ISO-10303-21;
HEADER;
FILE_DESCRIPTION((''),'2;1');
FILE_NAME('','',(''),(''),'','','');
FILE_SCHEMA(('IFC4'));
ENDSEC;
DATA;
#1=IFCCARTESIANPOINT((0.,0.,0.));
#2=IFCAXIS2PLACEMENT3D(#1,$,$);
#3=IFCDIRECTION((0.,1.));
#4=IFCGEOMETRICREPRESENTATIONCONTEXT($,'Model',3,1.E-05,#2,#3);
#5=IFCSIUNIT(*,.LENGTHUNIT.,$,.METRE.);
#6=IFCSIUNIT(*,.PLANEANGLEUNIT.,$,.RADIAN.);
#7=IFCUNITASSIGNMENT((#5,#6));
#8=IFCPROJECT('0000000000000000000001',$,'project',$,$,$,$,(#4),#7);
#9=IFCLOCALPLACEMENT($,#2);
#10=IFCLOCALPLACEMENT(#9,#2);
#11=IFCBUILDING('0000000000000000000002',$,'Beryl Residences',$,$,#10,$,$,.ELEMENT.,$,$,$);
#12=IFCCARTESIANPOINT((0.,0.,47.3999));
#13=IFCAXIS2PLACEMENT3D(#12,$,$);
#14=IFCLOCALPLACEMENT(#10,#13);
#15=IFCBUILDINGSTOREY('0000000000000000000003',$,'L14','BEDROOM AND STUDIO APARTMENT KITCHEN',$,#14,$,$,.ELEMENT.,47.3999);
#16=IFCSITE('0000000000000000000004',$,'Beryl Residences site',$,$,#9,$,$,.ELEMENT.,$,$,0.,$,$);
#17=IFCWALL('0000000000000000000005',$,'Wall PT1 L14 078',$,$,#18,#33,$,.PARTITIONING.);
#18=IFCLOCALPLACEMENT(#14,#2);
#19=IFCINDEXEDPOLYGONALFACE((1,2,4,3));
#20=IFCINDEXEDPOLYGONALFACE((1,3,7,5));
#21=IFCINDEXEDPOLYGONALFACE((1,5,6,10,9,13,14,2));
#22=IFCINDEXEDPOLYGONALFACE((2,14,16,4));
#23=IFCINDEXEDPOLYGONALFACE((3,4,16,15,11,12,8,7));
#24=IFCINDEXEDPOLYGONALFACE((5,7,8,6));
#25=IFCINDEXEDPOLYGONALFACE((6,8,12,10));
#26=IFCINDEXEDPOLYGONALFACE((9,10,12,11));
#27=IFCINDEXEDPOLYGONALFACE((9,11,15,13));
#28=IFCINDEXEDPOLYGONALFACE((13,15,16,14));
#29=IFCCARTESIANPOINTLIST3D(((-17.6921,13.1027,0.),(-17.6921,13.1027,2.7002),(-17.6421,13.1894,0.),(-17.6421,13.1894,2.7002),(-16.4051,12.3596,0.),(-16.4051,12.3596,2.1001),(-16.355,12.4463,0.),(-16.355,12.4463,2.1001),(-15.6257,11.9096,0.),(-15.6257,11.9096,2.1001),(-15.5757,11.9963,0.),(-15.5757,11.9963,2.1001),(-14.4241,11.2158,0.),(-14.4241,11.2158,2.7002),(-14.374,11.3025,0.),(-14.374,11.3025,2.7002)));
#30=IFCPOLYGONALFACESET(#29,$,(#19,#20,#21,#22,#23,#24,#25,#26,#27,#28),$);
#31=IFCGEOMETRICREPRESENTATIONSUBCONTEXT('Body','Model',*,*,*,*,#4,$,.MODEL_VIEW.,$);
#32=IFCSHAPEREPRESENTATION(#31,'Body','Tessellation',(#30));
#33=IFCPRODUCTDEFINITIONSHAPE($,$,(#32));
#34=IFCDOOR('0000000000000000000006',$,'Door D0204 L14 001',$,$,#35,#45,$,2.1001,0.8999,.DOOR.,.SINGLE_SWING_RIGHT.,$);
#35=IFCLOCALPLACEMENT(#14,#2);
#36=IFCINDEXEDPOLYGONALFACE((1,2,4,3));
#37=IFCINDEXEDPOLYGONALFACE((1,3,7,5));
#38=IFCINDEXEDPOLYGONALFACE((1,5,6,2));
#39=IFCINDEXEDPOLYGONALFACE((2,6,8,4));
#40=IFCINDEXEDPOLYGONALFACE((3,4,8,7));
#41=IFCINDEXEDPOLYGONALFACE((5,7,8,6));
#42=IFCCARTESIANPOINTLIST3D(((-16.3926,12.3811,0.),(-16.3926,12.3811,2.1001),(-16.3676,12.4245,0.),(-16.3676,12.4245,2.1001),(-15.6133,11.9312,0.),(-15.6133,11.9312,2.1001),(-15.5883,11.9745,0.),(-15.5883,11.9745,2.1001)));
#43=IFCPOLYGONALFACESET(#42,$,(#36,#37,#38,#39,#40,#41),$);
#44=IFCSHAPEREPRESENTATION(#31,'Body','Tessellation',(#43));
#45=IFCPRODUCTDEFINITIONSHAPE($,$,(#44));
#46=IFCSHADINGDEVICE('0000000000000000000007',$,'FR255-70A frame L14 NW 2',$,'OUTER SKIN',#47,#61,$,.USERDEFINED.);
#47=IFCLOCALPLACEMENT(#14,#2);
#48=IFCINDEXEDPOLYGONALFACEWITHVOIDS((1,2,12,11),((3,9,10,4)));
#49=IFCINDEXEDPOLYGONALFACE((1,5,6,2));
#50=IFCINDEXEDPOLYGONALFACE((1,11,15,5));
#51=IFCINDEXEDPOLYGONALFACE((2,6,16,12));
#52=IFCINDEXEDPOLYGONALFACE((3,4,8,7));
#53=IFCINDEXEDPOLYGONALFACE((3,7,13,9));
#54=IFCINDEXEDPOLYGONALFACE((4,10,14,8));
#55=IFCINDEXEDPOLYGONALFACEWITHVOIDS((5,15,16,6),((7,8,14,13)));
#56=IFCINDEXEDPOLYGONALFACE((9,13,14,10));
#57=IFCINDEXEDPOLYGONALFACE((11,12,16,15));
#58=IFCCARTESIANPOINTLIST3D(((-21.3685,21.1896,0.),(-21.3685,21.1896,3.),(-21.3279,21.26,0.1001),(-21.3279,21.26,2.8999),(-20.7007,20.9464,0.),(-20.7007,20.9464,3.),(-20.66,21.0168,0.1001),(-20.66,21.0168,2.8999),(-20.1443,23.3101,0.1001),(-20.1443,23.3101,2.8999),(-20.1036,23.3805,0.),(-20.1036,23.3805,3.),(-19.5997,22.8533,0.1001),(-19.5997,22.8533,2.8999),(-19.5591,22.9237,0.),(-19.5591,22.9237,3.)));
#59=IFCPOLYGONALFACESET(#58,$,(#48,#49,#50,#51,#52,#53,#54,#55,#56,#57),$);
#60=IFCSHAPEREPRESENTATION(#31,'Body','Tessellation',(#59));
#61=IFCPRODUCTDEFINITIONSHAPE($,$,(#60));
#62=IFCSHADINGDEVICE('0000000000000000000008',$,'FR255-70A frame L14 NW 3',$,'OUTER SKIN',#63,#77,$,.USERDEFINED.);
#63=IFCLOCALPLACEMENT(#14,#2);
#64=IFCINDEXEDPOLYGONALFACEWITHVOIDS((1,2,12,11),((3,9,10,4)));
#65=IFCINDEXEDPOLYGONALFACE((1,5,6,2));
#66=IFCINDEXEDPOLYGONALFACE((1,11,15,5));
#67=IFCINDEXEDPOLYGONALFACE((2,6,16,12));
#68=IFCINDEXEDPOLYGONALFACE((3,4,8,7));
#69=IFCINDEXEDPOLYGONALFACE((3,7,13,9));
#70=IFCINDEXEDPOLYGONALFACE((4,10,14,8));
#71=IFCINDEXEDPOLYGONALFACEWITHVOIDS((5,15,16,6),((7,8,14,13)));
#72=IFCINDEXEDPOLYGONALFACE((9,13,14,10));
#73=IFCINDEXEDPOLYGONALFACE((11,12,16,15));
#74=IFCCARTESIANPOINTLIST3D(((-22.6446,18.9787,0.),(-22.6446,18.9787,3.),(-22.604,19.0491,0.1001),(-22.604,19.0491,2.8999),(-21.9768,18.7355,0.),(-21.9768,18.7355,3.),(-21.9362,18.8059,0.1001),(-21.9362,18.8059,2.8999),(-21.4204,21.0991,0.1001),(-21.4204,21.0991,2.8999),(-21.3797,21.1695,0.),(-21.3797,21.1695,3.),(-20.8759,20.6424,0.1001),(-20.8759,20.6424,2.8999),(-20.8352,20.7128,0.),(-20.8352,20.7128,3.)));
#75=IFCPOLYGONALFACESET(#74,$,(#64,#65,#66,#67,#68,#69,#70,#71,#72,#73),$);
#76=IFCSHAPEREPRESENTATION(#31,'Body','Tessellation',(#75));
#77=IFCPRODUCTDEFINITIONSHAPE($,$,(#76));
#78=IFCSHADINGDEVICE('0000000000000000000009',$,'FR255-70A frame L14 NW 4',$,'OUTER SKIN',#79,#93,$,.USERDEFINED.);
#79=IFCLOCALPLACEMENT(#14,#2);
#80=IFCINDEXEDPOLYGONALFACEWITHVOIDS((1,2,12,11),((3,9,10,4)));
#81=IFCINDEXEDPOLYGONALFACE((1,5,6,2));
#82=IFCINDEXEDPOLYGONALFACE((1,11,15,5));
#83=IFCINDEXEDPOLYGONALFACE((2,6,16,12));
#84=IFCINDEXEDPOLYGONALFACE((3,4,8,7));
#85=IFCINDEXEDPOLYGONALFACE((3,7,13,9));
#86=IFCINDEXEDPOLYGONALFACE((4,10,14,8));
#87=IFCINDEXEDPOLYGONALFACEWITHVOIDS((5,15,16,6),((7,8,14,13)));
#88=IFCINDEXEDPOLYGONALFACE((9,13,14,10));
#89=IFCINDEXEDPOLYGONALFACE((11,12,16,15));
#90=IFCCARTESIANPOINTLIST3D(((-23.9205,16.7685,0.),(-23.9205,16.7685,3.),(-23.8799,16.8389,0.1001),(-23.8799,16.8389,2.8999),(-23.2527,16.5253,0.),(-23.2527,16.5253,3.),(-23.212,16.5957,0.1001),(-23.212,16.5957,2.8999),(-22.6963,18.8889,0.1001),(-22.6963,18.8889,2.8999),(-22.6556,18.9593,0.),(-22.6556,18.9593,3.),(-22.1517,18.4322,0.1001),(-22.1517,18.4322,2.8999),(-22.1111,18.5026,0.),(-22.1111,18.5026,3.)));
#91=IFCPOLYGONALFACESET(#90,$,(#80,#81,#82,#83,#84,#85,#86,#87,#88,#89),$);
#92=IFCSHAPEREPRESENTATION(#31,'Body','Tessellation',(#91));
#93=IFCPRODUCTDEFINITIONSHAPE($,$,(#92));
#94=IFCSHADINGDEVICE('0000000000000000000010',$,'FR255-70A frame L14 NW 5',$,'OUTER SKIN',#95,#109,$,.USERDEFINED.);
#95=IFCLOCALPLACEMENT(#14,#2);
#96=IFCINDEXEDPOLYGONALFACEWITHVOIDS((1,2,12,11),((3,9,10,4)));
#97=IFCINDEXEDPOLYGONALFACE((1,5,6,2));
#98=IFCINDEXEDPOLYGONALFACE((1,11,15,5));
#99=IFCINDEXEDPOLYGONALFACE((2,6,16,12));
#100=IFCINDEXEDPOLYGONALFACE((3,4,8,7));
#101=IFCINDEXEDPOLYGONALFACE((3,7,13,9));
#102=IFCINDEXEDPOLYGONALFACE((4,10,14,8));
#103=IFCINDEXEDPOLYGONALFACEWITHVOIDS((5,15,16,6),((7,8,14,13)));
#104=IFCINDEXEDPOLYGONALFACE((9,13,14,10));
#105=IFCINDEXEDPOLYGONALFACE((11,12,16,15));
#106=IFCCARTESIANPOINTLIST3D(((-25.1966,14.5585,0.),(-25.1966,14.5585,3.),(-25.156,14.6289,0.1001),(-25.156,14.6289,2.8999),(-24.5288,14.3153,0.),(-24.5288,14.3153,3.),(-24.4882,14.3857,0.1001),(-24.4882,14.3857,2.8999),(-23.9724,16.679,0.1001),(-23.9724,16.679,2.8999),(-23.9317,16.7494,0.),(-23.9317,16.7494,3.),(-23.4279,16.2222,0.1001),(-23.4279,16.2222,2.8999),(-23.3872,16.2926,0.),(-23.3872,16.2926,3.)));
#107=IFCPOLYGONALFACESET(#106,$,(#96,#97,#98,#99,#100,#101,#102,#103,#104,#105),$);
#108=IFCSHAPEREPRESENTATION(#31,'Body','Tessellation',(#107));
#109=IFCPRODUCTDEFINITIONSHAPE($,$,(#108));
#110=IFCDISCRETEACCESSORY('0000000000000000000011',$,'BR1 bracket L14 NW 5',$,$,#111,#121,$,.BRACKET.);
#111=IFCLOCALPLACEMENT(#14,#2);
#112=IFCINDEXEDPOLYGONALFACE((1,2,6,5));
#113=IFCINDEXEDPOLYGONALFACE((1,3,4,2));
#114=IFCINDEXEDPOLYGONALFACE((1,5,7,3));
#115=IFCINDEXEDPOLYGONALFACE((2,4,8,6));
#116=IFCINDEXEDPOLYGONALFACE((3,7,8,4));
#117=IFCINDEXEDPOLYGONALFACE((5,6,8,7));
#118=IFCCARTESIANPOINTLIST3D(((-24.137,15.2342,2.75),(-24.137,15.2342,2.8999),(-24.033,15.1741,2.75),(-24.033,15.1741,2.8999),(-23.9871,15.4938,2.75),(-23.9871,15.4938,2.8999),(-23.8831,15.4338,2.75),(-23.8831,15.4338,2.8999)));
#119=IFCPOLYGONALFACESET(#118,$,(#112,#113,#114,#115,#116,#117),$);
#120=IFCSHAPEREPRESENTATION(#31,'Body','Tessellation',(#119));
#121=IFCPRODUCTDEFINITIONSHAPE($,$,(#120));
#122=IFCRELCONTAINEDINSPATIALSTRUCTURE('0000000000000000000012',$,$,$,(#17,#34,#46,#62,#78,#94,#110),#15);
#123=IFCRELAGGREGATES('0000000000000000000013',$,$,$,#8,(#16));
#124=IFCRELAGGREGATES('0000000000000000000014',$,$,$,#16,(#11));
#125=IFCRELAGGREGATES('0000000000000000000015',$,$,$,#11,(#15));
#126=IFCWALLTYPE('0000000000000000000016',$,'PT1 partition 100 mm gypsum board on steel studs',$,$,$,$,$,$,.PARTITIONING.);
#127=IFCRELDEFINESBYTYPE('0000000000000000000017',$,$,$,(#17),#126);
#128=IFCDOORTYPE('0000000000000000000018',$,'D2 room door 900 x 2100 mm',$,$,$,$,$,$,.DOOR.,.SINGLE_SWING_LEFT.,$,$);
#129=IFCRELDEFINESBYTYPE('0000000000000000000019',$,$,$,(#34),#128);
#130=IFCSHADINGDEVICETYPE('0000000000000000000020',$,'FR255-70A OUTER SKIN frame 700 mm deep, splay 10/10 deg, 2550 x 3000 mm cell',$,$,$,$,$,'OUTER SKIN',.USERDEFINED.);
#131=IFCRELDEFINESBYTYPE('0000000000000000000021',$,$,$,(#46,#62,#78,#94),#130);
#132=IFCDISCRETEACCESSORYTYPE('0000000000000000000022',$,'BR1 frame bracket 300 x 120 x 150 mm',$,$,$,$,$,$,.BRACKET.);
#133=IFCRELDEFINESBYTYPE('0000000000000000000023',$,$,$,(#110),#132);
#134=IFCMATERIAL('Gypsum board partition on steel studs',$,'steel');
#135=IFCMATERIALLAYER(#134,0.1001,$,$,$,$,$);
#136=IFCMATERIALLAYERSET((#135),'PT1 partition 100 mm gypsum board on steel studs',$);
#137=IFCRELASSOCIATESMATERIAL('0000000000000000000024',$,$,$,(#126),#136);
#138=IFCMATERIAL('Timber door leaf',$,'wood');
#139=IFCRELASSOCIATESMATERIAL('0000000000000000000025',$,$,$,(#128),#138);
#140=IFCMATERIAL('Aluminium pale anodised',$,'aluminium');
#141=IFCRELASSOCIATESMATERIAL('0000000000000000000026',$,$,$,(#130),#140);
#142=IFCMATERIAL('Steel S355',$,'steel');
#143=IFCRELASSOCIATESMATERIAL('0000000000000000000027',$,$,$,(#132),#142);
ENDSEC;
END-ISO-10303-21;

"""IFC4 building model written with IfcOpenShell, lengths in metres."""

from ifc_helpers import new_model, entity, si_unit, direction, frame, frame_2d, origin, place, context, subcontext, project, spatial, polyline, rectangle, outline, extrude, source, transform, mapped, material, layer, layer_set, type_object, type_shapes, element, fill, save


model = new_model("IFC4")

# Units and contexts
model_context = context("Model", 3, precision=1e-05, world=origin(), true_north=direction((0.0, 1.0)))
body_context = subcontext(model_context, "Body", "Model", "MODEL_VIEW")
ifc_project = project(units=[si_unit("LENGTHUNIT", "METRE"), si_unit("PLANEANGLEUNIT", "RADIAN")], contexts=[model_context])

# Site, building, storey
site_placement = place(None, origin())
site = spatial("IfcSite", under=ifc_project, at=site_placement, Name="Beryl Residences site", CompositionType="ELEMENT", RefElevation=0.0)
building_placement = place(site_placement, origin())
building = spatial("IfcBuilding", under=site, at=building_placement, Name="Beryl Residences", CompositionType="ELEMENT")
storey_placement = place(building_placement, frame((0.0, 0.0, 47.3999)))
storey = spatial("IfcBuildingStorey", under=building, at=storey_placement, Name="L14", Description="BEDROOM AND STUDIO APARTMENT KITCHEN", CompositionType="ELEMENT", Elevation=47.3999)

# Wall, opening, door
ifc_material_1 = material(Name="Gypsum board partition on steel studs", Category="steel")
ifc_layer = layer(ifc_material_1, 0.1001)
ifc_layer_set = layer_set([ifc_layer], Name="PT1 partition 100 mm gypsum board on steel studs")
wall_type = type_object("IfcWallType", Name="PT1 partition 100 mm gypsum board on steel studs", PredefinedType="PARTITIONING", material=ifc_layer_set)
ifc_material_2 = material(Name="Timber door leaf", Category="wood")
door_type_1 = type_object("IfcDoorType", Name="D2 room door 900 x 2100 mm", OperationType="SINGLE_SWING_LEFT", PredefinedType="DOOR", material=ifc_material_2)
wall_1_placement = place(storey_placement, frame((-17.667, 13.146, 0.0), z_axis=(0.0, 0.0, 1.0), x_axis=(0.866009, -0.500029, 0.0)))
wall_1 = element("IfcWall", 1, at=wall_1_placement, inside=storey, type_object=wall_type, Name="Wall PT1 L14 078", PredefinedType="PARTITIONING", context=body_context, shape_type="SweptSolid", body=[
    extrude(rectangle(XDim=3.7737, YDim=0.1001, at=frame_2d((1.8867, 0.0))), origin(), (0.0, 0.0, 1.0), 2.7002),
])
opening_1_placement = place(wall_1_placement, frame((1.4861, 0.0, 0.0)))
opening_1 = element("IfcOpeningElement", 2, at=opening_1_placement, cuts=wall_1, PredefinedType="OPENING", context=body_context, shape_type="SweptSolid", body=[
    extrude(rectangle(XDim=0.8999, YDim=2.1001, at=frame_2d((0.45, 1.05))), frame((0.0, 0.0601, 0.0), z_axis=(0.0, -1.0, 0.0), x_axis=(1.0, 0.0, 0.0)), (0.0, 0.0, 1.0), 0.1201),
])
door_1_placement = place(opening_1_placement, origin())
door_1 = element("IfcDoor", 3, at=door_1_placement, inside=storey, type_object=door_type_1, Name="Door D0204 L14 001", OperationType="SINGLE_SWING_RIGHT", OverallHeight=2.1001, OverallWidth=0.8999, PredefinedType="DOOR", context=body_context, shape_type="SweptSolid", body=[
    extrude(rectangle(XDim=0.8999, YDim=2.1001, at=frame_2d((0.45, 1.05))), frame((0.0, 0.0249, 0.0), z_axis=(0.0, -1.0, 0.0), x_axis=(1.0, 0.0, 0.0)), (0.0, 0.0, 1.0), 0.05),
])
fill(opening_1, door_1)

# Shading devices
ifc_material_3 = material(Name="Aluminium pale anodised", Category="aluminium")
shading_device_type = type_object("IfcShadingDeviceType", Name="FR255-70A OUTER SKIN frame 700 mm deep, splay 10/10 deg, 2550 x 3000 mm cell", ElementType="OUTER SKIN", PredefinedType="USERDEFINED", material=ifc_material_3)
cartesian_point_1 = entity("IfcCartesianPoint", [-1.1416, 0.0])
cartesian_point_2 = entity("IfcCartesianPoint", [-1.0603, 0.1001])
cartesian_point_3 = entity("IfcCartesianPoint", [-1.2649, 0.0])
cartesian_point_4 = entity("IfcCartesianPoint", [-1.1836, 0.1001])
shared_shape_1 = source(origin(), body_context, "Body", "SweptSolid", [
    entity("IfcExtrudedAreaSolidTapered", entity("IfcArbitraryProfileDefWithVoids", "AREA", None, entity("IfcPolyline", [cartesian_point_1, entity("IfcCartesianPoint", [1.1416, 0.0]), entity("IfcCartesianPoint", [1.1416, 3.0]), entity("IfcCartesianPoint", [-1.1416, 3.0]), cartesian_point_1]), [entity("IfcPolyline", [cartesian_point_2, entity("IfcCartesianPoint", [1.0603, 0.1001]), entity("IfcCartesianPoint", [1.0603, 2.8999]), entity("IfcCartesianPoint", [-1.0603, 2.8999]), cartesian_point_2])]), entity("IfcAxis2Placement3D", entity("IfcCartesianPoint", [0.0, 0.0, 0.0]), entity("IfcDirection", [0.0, 1.0, 0.0]), entity("IfcDirection", [-1.0, 0.0, 0.0])), entity("IfcDirection", [0.0, 0.0, 1.0]), 0.7, entity("IfcArbitraryProfileDefWithVoids", "AREA", None, entity("IfcPolyline", [cartesian_point_3, entity("IfcCartesianPoint", [1.2649, 0.0]), entity("IfcCartesianPoint", [1.2649, 3.0]), entity("IfcCartesianPoint", [-1.2649, 3.0]), cartesian_point_3]), [entity("IfcPolyline", [cartesian_point_4, entity("IfcCartesianPoint", [1.1836, 0.1001]), entity("IfcCartesianPoint", [1.1836, 2.8999]), entity("IfcCartesianPoint", [-1.1836, 2.8999]), cartesian_point_4])])),
])
type_shapes(shading_device_type, [shared_shape_1])
for number, where, z_axis, x_axis, name in (
    (4, (-20.1299, 21.9351, 0.0), (0.0, 0.0, 1.0), (0.5, 0.866025, 0.0), "FR255-70A frame L14 NW 2"),
    (5, (-21.406, 19.7241, 0.0), (0.0, 0.0, 1.0), (0.5, 0.866025, 0.0), "FR255-70A frame L14 NW 3"),
    (6, (-22.6819, 17.5139, 0.0), (0.0, 0.0, 1.0), (0.5, 0.866025, 0.0), "FR255-70A frame L14 NW 4"),
    (7, (-23.958, 15.304, 0.0), (0.0, 0.0, 1.0), (0.5, 0.866025, 0.0), "FR255-70A frame L14 NW 5"),
):
    element("IfcShadingDevice", number, at=place(storey_placement, frame(where, z_axis=z_axis, x_axis=x_axis)), inside=storey, type_object=shading_device_type, Name=name, ObjectType="OUTER SKIN", PredefinedType="USERDEFINED", context=body_context, shape_type="MappedRepresentation", body=[
        mapped(shared_shape_1, transform((0.0, 0.0, 0.0))),
    ])

# Discrete accessory
ifc_material_4 = material(Name="Steel S355", Category="steel")
discrete_accessory_type = type_object("IfcDiscreteAccessoryType", Name="BR1 frame bracket 300 x 120 x 150 mm", PredefinedType="BRACKET", material=ifc_material_4)
shared_shape_2 = source(origin(), body_context, "Body", "SweptSolid", [
    extrude(outline(polyline([(-0.1499, 0.0), (0.1499, 0.0), (0.1499, 0.1201), (-0.1499, 0.1201), (-0.1499, 0.0)])), origin(), (0.0, 0.0, 1.0), 0.1499),
])
type_shapes(discrete_accessory_type, [shared_shape_2])
discrete_accessory_placement = place(storey_placement, frame((-23.958, 15.304, 2.75), z_axis=(0.0, 0.0, 1.0), x_axis=(0.5, 0.866025, 0.0)))
element("IfcDiscreteAccessory", 8, at=discrete_accessory_placement, inside=storey, type_object=discrete_accessory_type, Name="BR1 bracket L14 NW 5", PredefinedType="BRACKET", context=body_context, shape_type="MappedRepresentation", body=[
    mapped(shared_shape_2, transform((0.0, 0.0, 0.0))),
])

save(model, "model.ifc")
